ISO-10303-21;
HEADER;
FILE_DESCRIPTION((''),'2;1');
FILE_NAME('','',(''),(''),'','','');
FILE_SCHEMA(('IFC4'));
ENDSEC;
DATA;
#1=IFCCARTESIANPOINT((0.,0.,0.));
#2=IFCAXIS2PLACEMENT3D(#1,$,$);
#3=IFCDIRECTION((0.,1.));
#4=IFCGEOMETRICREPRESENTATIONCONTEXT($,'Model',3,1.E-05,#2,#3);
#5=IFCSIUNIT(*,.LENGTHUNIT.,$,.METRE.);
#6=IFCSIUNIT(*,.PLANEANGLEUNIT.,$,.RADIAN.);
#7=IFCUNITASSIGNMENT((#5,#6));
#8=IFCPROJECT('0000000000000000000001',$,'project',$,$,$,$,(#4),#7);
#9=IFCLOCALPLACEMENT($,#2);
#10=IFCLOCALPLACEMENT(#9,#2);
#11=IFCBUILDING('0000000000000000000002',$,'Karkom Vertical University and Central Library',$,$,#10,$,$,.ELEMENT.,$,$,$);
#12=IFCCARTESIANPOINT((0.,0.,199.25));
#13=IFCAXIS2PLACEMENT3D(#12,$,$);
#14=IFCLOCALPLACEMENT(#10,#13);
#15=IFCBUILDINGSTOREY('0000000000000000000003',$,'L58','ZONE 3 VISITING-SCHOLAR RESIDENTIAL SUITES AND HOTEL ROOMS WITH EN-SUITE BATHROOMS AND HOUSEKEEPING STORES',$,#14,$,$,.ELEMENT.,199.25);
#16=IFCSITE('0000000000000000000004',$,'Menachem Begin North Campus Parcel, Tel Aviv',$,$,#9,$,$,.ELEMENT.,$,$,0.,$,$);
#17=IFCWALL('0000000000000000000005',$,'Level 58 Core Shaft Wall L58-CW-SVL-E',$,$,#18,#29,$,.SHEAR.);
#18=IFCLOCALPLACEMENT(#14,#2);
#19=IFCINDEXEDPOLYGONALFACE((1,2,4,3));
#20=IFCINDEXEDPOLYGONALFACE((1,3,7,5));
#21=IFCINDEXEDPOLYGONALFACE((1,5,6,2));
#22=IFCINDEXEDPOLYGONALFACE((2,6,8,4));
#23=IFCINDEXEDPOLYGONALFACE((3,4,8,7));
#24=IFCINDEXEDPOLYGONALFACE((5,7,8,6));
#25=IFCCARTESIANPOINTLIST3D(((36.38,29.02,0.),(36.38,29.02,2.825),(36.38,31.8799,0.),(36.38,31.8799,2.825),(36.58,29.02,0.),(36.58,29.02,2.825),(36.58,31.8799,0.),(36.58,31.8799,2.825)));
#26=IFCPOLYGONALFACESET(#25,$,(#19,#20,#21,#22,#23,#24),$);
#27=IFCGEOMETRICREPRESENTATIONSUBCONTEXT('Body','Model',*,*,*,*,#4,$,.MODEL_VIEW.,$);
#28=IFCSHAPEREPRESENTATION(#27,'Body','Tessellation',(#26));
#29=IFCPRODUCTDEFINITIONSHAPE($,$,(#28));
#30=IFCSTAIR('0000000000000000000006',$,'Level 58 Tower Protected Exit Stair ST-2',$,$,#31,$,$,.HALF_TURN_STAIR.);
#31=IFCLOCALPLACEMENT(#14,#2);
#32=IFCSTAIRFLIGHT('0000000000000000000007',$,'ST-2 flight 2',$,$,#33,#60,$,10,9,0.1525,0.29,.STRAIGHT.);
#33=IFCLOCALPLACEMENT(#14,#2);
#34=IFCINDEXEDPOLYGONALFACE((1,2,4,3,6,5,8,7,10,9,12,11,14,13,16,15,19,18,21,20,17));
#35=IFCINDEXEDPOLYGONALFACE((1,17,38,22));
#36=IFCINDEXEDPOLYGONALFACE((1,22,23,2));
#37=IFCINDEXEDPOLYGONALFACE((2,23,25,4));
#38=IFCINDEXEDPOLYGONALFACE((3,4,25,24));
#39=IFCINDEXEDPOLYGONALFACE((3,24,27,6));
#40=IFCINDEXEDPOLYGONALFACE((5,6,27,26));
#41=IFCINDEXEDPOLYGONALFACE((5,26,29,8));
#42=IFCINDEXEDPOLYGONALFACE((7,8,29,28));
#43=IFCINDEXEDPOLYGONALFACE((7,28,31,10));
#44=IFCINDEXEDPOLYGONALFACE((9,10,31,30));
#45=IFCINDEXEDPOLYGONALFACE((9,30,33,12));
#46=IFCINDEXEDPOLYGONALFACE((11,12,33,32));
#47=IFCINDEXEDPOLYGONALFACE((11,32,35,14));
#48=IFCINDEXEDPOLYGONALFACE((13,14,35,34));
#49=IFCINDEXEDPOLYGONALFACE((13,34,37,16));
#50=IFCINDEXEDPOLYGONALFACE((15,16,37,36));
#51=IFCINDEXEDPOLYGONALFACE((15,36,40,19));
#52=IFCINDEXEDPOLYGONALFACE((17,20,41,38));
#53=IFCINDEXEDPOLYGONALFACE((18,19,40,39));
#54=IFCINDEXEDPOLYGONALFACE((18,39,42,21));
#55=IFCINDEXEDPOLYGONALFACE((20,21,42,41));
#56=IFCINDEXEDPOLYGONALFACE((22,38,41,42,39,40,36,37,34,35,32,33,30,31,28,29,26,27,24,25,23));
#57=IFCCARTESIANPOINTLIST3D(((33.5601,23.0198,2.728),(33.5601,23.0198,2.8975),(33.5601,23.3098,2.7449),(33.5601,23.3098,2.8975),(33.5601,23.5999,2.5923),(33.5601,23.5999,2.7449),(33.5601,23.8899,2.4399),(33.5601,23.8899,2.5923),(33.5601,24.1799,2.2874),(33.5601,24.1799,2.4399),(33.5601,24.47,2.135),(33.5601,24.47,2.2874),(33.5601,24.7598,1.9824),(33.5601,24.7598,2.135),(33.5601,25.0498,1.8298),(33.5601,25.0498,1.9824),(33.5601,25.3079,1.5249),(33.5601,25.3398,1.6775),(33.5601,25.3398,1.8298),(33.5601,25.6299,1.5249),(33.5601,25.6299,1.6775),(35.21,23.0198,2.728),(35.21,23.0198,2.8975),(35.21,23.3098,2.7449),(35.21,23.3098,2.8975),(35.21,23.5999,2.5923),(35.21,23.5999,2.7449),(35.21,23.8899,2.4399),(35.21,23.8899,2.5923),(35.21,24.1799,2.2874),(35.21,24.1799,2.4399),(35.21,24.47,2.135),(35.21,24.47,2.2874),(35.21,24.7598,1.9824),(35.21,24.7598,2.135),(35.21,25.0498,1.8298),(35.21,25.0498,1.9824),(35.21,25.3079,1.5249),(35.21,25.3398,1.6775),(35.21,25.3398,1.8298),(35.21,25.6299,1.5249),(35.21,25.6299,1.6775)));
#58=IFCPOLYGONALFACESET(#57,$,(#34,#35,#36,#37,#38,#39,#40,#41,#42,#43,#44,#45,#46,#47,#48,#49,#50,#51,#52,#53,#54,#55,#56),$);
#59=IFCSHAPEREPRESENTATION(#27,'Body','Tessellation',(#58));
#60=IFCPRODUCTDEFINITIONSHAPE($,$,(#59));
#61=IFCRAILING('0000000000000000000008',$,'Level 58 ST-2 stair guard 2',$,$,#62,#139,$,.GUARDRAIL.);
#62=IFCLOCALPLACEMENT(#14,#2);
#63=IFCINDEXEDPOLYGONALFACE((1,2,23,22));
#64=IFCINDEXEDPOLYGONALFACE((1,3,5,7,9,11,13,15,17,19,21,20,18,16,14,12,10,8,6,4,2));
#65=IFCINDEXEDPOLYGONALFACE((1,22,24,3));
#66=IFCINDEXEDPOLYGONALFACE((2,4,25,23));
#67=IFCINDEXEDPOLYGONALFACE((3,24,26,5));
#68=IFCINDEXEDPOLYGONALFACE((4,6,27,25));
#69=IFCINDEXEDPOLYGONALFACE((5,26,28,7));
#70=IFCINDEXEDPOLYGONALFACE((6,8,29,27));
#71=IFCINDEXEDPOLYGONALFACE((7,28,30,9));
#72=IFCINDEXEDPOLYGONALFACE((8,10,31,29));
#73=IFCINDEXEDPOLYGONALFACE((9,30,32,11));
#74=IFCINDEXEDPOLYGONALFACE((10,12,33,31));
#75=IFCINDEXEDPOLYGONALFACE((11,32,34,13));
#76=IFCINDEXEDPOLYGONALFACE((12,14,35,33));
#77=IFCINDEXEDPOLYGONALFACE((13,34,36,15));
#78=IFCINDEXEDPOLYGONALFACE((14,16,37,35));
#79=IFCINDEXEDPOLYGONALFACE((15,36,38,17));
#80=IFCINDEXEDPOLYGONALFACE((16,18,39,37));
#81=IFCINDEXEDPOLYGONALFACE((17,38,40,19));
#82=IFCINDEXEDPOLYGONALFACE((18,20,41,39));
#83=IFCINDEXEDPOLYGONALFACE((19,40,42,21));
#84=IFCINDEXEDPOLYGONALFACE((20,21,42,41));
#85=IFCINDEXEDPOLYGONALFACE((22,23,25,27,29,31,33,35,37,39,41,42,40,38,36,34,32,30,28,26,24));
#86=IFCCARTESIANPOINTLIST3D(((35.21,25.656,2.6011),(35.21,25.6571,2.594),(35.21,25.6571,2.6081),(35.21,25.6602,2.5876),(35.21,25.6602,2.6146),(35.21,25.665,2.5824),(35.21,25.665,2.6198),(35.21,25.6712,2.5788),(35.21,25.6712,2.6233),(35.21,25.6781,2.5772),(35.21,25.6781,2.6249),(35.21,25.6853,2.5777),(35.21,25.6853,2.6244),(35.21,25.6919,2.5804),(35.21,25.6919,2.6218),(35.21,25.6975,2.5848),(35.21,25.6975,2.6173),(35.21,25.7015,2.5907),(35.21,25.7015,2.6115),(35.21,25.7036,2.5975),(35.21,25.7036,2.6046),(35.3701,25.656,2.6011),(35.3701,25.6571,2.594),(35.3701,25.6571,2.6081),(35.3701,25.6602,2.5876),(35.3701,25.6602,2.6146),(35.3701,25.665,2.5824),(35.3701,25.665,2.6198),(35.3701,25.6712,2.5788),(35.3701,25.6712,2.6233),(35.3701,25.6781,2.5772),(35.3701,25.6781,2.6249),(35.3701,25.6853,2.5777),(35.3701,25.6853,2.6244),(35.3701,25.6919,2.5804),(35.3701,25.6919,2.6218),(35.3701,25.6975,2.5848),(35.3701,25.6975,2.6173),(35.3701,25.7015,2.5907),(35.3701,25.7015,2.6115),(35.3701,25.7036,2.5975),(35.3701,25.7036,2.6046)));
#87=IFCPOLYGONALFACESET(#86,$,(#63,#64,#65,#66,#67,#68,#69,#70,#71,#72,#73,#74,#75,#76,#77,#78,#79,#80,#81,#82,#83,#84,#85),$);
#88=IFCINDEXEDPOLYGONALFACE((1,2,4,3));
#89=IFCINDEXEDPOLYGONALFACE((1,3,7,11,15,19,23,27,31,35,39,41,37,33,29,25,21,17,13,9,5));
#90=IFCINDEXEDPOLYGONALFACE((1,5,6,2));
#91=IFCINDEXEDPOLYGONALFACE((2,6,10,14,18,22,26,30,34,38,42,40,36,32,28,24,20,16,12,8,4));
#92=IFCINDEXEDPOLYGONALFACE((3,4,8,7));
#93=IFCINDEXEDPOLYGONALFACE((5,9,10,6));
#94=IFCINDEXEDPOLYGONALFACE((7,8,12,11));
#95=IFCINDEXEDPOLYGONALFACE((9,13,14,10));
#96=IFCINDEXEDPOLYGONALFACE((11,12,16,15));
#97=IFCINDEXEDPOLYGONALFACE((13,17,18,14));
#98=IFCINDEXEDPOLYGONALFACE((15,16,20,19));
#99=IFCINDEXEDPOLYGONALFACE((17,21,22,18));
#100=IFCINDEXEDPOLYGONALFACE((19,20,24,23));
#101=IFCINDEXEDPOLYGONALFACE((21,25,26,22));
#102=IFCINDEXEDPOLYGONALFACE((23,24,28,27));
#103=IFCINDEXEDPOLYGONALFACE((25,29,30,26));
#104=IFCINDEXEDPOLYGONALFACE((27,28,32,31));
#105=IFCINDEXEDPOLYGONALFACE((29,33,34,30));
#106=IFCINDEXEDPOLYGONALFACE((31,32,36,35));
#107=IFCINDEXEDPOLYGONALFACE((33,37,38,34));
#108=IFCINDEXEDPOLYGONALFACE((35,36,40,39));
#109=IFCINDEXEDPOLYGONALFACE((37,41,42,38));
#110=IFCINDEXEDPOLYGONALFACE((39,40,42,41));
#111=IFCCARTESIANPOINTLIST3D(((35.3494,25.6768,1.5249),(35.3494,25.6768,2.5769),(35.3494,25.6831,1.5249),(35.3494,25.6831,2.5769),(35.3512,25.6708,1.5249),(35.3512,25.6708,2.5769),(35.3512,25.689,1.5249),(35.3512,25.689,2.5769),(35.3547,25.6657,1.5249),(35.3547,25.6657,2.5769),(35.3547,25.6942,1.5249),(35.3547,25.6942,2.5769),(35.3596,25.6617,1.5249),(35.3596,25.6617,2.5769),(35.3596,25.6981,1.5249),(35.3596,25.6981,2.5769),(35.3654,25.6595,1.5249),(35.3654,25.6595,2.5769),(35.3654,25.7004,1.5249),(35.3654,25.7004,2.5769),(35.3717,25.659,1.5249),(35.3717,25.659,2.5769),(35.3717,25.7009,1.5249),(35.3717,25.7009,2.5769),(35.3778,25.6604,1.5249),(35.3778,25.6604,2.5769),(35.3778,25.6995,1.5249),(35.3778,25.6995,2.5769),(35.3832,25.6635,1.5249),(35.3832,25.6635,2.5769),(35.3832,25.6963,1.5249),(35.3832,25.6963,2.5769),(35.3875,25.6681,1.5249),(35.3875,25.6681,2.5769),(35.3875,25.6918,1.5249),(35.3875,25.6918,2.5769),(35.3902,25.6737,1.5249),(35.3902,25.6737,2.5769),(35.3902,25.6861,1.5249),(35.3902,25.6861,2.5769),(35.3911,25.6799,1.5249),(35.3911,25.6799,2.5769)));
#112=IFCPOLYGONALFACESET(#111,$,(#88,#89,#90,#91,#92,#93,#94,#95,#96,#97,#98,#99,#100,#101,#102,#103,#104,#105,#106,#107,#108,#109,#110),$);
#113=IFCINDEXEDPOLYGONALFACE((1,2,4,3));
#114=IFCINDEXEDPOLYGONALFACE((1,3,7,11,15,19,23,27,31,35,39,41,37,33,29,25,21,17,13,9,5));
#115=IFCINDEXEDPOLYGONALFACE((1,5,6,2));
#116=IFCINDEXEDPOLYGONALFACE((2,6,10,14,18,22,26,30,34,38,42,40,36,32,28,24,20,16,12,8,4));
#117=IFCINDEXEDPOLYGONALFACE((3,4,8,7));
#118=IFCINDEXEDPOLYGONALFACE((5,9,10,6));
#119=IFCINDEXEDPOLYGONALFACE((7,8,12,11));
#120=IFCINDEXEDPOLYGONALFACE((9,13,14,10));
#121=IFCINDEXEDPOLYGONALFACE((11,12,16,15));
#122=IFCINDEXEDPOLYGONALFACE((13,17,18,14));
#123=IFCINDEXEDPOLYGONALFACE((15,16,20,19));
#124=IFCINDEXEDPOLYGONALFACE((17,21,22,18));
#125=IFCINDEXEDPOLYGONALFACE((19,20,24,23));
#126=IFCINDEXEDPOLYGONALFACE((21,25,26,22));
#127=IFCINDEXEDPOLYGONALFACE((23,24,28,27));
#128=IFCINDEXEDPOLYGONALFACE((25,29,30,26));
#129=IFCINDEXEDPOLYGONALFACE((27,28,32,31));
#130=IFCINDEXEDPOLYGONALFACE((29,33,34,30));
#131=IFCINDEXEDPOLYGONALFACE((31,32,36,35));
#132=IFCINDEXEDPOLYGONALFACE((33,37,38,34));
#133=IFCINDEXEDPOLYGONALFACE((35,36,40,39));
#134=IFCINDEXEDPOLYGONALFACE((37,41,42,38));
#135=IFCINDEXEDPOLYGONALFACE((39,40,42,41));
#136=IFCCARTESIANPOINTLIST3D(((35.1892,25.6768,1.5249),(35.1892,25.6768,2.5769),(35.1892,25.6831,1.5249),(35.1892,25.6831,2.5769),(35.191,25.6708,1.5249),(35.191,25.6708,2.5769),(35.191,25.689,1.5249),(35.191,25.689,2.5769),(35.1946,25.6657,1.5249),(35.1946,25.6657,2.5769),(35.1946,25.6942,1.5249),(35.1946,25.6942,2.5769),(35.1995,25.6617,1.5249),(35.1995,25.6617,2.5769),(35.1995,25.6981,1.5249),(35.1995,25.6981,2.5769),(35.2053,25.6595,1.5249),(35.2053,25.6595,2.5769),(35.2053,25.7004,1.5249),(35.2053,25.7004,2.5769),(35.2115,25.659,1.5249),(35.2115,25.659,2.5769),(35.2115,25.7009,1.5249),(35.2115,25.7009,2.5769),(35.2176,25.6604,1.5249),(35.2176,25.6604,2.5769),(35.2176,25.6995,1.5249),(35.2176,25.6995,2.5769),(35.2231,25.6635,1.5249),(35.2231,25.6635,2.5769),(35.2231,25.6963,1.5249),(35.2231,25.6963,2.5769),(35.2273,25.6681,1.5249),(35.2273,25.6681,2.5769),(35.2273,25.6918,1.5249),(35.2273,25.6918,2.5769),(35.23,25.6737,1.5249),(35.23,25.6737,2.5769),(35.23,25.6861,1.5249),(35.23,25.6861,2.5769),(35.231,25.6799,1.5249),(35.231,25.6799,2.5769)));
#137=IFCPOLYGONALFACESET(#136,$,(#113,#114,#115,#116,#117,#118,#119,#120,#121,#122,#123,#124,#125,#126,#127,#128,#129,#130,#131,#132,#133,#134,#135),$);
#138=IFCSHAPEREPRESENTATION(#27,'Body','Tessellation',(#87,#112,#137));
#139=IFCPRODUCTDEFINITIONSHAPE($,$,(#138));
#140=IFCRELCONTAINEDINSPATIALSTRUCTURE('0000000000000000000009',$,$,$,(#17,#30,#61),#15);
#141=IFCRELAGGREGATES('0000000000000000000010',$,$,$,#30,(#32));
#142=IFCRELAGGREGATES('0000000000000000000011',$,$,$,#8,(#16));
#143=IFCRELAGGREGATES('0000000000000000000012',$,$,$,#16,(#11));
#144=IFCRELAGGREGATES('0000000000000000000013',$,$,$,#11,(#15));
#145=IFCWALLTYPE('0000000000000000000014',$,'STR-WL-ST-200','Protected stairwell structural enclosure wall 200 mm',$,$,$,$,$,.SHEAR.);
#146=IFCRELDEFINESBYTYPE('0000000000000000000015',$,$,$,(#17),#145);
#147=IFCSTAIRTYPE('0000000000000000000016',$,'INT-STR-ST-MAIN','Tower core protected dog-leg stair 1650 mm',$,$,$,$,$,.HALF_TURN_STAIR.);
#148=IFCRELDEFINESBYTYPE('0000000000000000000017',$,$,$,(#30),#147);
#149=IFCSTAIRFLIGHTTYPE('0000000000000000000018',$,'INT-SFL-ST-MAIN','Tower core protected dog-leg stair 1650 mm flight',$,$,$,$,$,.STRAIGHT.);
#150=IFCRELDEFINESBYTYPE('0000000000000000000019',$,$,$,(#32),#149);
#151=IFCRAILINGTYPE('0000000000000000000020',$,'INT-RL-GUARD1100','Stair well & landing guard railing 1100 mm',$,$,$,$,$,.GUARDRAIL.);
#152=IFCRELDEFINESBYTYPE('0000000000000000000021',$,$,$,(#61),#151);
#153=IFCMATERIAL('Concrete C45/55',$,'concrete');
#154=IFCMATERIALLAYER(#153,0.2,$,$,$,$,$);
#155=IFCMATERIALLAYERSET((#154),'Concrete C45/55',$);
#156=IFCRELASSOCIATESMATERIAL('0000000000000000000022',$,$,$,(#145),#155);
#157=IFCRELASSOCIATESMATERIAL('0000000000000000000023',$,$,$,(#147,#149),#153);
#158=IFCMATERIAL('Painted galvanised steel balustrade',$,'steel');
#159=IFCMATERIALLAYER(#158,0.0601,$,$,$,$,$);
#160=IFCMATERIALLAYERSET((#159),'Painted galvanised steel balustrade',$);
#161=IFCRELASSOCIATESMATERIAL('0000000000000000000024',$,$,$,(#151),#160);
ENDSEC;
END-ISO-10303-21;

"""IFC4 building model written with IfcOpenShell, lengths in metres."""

from ifc_helpers import new_model, si_unit, direction, frame, frame_2d, origin, origin_2d, place, context, subcontext, project, spatial, polyline, rectangle, circle, outline, extrude, material, layer, layer_set, type_object, element, aggregate, save


model = new_model("IFC4")

# Units and contexts
model_context = context("Model", 3, precision=1e-05, world=origin(), true_north=direction((0.0, 1.0)))
body_context = subcontext(model_context, "Body", "Model", "MODEL_VIEW")
ifc_project = project(units=[si_unit("LENGTHUNIT", "METRE"), si_unit("PLANEANGLEUNIT", "RADIAN")], contexts=[model_context])

# Site, building, storey
site_placement = place(None, origin())
site = spatial("IfcSite", under=ifc_project, at=site_placement, Name="Menachem Begin North Campus Parcel, Tel Aviv", CompositionType="ELEMENT", RefElevation=0.0)
building_placement = place(site_placement, origin())
building = spatial("IfcBuilding", under=site, at=building_placement, Name="Karkom Vertical University and Central Library", CompositionType="ELEMENT")
storey_placement = place(building_placement, frame((0.0, 0.0, 199.25)))
storey = spatial("IfcBuildingStorey", under=building, at=storey_placement, Name="L58", Description="ZONE 3 VISITING-SCHOLAR RESIDENTIAL SUITES AND HOTEL ROOMS WITH EN-SUITE BATHROOMS AND HOUSEKEEPING STORES", CompositionType="ELEMENT", Elevation=199.25)

# Wall
ifc_material_1 = material(Name="Concrete C45/55", Category="concrete")
ifc_layer_1 = layer(ifc_material_1, 0.2)
ifc_layer_set_1 = layer_set([ifc_layer_1], Name="Concrete C45/55")
wall_type_1 = type_object("IfcWallType", Name="STR-WL-ST-200", Description="Protected stairwell structural enclosure wall 200 mm", PredefinedType="SHEAR", material=ifc_layer_set_1)
wall_1_placement = place(storey_placement, frame((36.48, 29.02, 0.0), z_axis=(0.0, 0.0, 1.0), x_axis=(0.0, 1.0, 0.0)))
element("IfcWall", 1, at=wall_1_placement, inside=storey, type_object=wall_type_1, Name="Level 58 Core Shaft Wall L58-CW-SVL-E", PredefinedType="SHEAR", context=body_context, shape_type="SweptSolid", body=[
    extrude(rectangle(XDim=2.8599, YDim=0.2, at=frame_2d((1.4299, 0.0))), origin(), (0.0, 0.0, 1.0), 2.825),
])

# Stair, stair flight
stair_type = type_object("IfcStairType", Name="INT-STR-ST-MAIN", Description="Tower core protected dog-leg stair 1650 mm", PredefinedType="HALF_TURN_STAIR", material=ifc_material_1)
stair_placement = place(storey_placement, origin())
stair = element("IfcStair", 2, at=stair_placement, inside=storey, type_object=stair_type, Name="Level 58 Tower Protected Exit Stair ST-2", PredefinedType="HALF_TURN_STAIR")
stair_flight_type = type_object("IfcStairFlightType", Name="INT-SFL-ST-MAIN", Description="Tower core protected dog-leg stair 1650 mm flight", PredefinedType="STRAIGHT", material=ifc_material_1)
stair_flight_placement = place(storey_placement, frame((34.385, 25.6299, 1.5249), z_axis=(0.0, 0.0, 1.0), x_axis=(0.0, -1.0, 0.0)))
stair_flight = element("IfcStairFlight", 3, at=stair_flight_placement, type_object=stair_flight_type, Name="ST-2 flight 2", NumberOfRisers=10, NumberOfTreads=9, PredefinedType="STRAIGHT", RiserHeight=0.1525, TreadLength=0.29, context=body_context, shape_type="SweptSolid", body=[
    extrude(outline(polyline([(0.0, 0.0), (0.0, 0.1526), (0.29, 0.1526), (0.29, 0.3049), (0.5801, 0.3049), (0.5801, 0.4575), (0.8701, 0.4575), (0.8701, 0.6101), (1.1599, 0.6101), (1.1599, 0.7625), (1.45, 0.7625), (1.45, 0.915), (1.74, 0.915), (1.74, 1.0674), (2.03, 1.0674), (2.03, 1.22), (2.3201, 1.22), (2.3201, 1.3726), (2.6101, 1.3726), (2.6101, 1.5249), (2.6101, 1.2031), (0.322, 0.0), (0.0, 0.0)])), frame((0.0, 0.825, 0.0), z_axis=(0.0, -1.0, 0.0), x_axis=(1.0, 0.0, 0.0)), (0.0, 0.0, 1.0), 1.6499),
])
aggregate(stair, [stair_flight])

# Railing
ifc_material_2 = material(Name="Painted galvanised steel balustrade", Category="steel")
ifc_layer_2 = layer(ifc_material_2, 0.0601)
ifc_layer_set_2 = layer_set([ifc_layer_2], Name="Painted galvanised steel balustrade")
railing_type_1 = type_object("IfcRailingType", Name="INT-RL-GUARD1100", Description="Stair well & landing guard railing 1100 mm", PredefinedType="GUARDRAIL", material=ifc_layer_set_2)
railing_1_placement = place(storey_placement, frame((35.3701, 25.6799, 1.5249)))
element("IfcRailing", 4, at=railing_1_placement, inside=storey, type_object=railing_type_1, Name="Level 58 ST-2 stair guard 2", PredefinedType="GUARDRAIL", context=body_context, shape_type="SweptSolid", body=[
    extrude(circle(Radius=0.0239, at=origin_2d()), frame((0.0, 0.0, 1.0762), z_axis=(-1.0, 0.0, 0.0), x_axis=(0.0, -1.0, 0.0)), (0.0, 0.0, 1.0), 0.1602),
    extrude(circle(Radius=0.021, at=origin_2d()), origin(), (0.0, 0.0, 1.0), 1.052),
    extrude(circle(Radius=0.021, at=origin_2d()), frame((-0.1602, 0.0, 0.0)), (0.0, 0.0, 1.0), 1.052),
])

save(model, "model.ifc")
